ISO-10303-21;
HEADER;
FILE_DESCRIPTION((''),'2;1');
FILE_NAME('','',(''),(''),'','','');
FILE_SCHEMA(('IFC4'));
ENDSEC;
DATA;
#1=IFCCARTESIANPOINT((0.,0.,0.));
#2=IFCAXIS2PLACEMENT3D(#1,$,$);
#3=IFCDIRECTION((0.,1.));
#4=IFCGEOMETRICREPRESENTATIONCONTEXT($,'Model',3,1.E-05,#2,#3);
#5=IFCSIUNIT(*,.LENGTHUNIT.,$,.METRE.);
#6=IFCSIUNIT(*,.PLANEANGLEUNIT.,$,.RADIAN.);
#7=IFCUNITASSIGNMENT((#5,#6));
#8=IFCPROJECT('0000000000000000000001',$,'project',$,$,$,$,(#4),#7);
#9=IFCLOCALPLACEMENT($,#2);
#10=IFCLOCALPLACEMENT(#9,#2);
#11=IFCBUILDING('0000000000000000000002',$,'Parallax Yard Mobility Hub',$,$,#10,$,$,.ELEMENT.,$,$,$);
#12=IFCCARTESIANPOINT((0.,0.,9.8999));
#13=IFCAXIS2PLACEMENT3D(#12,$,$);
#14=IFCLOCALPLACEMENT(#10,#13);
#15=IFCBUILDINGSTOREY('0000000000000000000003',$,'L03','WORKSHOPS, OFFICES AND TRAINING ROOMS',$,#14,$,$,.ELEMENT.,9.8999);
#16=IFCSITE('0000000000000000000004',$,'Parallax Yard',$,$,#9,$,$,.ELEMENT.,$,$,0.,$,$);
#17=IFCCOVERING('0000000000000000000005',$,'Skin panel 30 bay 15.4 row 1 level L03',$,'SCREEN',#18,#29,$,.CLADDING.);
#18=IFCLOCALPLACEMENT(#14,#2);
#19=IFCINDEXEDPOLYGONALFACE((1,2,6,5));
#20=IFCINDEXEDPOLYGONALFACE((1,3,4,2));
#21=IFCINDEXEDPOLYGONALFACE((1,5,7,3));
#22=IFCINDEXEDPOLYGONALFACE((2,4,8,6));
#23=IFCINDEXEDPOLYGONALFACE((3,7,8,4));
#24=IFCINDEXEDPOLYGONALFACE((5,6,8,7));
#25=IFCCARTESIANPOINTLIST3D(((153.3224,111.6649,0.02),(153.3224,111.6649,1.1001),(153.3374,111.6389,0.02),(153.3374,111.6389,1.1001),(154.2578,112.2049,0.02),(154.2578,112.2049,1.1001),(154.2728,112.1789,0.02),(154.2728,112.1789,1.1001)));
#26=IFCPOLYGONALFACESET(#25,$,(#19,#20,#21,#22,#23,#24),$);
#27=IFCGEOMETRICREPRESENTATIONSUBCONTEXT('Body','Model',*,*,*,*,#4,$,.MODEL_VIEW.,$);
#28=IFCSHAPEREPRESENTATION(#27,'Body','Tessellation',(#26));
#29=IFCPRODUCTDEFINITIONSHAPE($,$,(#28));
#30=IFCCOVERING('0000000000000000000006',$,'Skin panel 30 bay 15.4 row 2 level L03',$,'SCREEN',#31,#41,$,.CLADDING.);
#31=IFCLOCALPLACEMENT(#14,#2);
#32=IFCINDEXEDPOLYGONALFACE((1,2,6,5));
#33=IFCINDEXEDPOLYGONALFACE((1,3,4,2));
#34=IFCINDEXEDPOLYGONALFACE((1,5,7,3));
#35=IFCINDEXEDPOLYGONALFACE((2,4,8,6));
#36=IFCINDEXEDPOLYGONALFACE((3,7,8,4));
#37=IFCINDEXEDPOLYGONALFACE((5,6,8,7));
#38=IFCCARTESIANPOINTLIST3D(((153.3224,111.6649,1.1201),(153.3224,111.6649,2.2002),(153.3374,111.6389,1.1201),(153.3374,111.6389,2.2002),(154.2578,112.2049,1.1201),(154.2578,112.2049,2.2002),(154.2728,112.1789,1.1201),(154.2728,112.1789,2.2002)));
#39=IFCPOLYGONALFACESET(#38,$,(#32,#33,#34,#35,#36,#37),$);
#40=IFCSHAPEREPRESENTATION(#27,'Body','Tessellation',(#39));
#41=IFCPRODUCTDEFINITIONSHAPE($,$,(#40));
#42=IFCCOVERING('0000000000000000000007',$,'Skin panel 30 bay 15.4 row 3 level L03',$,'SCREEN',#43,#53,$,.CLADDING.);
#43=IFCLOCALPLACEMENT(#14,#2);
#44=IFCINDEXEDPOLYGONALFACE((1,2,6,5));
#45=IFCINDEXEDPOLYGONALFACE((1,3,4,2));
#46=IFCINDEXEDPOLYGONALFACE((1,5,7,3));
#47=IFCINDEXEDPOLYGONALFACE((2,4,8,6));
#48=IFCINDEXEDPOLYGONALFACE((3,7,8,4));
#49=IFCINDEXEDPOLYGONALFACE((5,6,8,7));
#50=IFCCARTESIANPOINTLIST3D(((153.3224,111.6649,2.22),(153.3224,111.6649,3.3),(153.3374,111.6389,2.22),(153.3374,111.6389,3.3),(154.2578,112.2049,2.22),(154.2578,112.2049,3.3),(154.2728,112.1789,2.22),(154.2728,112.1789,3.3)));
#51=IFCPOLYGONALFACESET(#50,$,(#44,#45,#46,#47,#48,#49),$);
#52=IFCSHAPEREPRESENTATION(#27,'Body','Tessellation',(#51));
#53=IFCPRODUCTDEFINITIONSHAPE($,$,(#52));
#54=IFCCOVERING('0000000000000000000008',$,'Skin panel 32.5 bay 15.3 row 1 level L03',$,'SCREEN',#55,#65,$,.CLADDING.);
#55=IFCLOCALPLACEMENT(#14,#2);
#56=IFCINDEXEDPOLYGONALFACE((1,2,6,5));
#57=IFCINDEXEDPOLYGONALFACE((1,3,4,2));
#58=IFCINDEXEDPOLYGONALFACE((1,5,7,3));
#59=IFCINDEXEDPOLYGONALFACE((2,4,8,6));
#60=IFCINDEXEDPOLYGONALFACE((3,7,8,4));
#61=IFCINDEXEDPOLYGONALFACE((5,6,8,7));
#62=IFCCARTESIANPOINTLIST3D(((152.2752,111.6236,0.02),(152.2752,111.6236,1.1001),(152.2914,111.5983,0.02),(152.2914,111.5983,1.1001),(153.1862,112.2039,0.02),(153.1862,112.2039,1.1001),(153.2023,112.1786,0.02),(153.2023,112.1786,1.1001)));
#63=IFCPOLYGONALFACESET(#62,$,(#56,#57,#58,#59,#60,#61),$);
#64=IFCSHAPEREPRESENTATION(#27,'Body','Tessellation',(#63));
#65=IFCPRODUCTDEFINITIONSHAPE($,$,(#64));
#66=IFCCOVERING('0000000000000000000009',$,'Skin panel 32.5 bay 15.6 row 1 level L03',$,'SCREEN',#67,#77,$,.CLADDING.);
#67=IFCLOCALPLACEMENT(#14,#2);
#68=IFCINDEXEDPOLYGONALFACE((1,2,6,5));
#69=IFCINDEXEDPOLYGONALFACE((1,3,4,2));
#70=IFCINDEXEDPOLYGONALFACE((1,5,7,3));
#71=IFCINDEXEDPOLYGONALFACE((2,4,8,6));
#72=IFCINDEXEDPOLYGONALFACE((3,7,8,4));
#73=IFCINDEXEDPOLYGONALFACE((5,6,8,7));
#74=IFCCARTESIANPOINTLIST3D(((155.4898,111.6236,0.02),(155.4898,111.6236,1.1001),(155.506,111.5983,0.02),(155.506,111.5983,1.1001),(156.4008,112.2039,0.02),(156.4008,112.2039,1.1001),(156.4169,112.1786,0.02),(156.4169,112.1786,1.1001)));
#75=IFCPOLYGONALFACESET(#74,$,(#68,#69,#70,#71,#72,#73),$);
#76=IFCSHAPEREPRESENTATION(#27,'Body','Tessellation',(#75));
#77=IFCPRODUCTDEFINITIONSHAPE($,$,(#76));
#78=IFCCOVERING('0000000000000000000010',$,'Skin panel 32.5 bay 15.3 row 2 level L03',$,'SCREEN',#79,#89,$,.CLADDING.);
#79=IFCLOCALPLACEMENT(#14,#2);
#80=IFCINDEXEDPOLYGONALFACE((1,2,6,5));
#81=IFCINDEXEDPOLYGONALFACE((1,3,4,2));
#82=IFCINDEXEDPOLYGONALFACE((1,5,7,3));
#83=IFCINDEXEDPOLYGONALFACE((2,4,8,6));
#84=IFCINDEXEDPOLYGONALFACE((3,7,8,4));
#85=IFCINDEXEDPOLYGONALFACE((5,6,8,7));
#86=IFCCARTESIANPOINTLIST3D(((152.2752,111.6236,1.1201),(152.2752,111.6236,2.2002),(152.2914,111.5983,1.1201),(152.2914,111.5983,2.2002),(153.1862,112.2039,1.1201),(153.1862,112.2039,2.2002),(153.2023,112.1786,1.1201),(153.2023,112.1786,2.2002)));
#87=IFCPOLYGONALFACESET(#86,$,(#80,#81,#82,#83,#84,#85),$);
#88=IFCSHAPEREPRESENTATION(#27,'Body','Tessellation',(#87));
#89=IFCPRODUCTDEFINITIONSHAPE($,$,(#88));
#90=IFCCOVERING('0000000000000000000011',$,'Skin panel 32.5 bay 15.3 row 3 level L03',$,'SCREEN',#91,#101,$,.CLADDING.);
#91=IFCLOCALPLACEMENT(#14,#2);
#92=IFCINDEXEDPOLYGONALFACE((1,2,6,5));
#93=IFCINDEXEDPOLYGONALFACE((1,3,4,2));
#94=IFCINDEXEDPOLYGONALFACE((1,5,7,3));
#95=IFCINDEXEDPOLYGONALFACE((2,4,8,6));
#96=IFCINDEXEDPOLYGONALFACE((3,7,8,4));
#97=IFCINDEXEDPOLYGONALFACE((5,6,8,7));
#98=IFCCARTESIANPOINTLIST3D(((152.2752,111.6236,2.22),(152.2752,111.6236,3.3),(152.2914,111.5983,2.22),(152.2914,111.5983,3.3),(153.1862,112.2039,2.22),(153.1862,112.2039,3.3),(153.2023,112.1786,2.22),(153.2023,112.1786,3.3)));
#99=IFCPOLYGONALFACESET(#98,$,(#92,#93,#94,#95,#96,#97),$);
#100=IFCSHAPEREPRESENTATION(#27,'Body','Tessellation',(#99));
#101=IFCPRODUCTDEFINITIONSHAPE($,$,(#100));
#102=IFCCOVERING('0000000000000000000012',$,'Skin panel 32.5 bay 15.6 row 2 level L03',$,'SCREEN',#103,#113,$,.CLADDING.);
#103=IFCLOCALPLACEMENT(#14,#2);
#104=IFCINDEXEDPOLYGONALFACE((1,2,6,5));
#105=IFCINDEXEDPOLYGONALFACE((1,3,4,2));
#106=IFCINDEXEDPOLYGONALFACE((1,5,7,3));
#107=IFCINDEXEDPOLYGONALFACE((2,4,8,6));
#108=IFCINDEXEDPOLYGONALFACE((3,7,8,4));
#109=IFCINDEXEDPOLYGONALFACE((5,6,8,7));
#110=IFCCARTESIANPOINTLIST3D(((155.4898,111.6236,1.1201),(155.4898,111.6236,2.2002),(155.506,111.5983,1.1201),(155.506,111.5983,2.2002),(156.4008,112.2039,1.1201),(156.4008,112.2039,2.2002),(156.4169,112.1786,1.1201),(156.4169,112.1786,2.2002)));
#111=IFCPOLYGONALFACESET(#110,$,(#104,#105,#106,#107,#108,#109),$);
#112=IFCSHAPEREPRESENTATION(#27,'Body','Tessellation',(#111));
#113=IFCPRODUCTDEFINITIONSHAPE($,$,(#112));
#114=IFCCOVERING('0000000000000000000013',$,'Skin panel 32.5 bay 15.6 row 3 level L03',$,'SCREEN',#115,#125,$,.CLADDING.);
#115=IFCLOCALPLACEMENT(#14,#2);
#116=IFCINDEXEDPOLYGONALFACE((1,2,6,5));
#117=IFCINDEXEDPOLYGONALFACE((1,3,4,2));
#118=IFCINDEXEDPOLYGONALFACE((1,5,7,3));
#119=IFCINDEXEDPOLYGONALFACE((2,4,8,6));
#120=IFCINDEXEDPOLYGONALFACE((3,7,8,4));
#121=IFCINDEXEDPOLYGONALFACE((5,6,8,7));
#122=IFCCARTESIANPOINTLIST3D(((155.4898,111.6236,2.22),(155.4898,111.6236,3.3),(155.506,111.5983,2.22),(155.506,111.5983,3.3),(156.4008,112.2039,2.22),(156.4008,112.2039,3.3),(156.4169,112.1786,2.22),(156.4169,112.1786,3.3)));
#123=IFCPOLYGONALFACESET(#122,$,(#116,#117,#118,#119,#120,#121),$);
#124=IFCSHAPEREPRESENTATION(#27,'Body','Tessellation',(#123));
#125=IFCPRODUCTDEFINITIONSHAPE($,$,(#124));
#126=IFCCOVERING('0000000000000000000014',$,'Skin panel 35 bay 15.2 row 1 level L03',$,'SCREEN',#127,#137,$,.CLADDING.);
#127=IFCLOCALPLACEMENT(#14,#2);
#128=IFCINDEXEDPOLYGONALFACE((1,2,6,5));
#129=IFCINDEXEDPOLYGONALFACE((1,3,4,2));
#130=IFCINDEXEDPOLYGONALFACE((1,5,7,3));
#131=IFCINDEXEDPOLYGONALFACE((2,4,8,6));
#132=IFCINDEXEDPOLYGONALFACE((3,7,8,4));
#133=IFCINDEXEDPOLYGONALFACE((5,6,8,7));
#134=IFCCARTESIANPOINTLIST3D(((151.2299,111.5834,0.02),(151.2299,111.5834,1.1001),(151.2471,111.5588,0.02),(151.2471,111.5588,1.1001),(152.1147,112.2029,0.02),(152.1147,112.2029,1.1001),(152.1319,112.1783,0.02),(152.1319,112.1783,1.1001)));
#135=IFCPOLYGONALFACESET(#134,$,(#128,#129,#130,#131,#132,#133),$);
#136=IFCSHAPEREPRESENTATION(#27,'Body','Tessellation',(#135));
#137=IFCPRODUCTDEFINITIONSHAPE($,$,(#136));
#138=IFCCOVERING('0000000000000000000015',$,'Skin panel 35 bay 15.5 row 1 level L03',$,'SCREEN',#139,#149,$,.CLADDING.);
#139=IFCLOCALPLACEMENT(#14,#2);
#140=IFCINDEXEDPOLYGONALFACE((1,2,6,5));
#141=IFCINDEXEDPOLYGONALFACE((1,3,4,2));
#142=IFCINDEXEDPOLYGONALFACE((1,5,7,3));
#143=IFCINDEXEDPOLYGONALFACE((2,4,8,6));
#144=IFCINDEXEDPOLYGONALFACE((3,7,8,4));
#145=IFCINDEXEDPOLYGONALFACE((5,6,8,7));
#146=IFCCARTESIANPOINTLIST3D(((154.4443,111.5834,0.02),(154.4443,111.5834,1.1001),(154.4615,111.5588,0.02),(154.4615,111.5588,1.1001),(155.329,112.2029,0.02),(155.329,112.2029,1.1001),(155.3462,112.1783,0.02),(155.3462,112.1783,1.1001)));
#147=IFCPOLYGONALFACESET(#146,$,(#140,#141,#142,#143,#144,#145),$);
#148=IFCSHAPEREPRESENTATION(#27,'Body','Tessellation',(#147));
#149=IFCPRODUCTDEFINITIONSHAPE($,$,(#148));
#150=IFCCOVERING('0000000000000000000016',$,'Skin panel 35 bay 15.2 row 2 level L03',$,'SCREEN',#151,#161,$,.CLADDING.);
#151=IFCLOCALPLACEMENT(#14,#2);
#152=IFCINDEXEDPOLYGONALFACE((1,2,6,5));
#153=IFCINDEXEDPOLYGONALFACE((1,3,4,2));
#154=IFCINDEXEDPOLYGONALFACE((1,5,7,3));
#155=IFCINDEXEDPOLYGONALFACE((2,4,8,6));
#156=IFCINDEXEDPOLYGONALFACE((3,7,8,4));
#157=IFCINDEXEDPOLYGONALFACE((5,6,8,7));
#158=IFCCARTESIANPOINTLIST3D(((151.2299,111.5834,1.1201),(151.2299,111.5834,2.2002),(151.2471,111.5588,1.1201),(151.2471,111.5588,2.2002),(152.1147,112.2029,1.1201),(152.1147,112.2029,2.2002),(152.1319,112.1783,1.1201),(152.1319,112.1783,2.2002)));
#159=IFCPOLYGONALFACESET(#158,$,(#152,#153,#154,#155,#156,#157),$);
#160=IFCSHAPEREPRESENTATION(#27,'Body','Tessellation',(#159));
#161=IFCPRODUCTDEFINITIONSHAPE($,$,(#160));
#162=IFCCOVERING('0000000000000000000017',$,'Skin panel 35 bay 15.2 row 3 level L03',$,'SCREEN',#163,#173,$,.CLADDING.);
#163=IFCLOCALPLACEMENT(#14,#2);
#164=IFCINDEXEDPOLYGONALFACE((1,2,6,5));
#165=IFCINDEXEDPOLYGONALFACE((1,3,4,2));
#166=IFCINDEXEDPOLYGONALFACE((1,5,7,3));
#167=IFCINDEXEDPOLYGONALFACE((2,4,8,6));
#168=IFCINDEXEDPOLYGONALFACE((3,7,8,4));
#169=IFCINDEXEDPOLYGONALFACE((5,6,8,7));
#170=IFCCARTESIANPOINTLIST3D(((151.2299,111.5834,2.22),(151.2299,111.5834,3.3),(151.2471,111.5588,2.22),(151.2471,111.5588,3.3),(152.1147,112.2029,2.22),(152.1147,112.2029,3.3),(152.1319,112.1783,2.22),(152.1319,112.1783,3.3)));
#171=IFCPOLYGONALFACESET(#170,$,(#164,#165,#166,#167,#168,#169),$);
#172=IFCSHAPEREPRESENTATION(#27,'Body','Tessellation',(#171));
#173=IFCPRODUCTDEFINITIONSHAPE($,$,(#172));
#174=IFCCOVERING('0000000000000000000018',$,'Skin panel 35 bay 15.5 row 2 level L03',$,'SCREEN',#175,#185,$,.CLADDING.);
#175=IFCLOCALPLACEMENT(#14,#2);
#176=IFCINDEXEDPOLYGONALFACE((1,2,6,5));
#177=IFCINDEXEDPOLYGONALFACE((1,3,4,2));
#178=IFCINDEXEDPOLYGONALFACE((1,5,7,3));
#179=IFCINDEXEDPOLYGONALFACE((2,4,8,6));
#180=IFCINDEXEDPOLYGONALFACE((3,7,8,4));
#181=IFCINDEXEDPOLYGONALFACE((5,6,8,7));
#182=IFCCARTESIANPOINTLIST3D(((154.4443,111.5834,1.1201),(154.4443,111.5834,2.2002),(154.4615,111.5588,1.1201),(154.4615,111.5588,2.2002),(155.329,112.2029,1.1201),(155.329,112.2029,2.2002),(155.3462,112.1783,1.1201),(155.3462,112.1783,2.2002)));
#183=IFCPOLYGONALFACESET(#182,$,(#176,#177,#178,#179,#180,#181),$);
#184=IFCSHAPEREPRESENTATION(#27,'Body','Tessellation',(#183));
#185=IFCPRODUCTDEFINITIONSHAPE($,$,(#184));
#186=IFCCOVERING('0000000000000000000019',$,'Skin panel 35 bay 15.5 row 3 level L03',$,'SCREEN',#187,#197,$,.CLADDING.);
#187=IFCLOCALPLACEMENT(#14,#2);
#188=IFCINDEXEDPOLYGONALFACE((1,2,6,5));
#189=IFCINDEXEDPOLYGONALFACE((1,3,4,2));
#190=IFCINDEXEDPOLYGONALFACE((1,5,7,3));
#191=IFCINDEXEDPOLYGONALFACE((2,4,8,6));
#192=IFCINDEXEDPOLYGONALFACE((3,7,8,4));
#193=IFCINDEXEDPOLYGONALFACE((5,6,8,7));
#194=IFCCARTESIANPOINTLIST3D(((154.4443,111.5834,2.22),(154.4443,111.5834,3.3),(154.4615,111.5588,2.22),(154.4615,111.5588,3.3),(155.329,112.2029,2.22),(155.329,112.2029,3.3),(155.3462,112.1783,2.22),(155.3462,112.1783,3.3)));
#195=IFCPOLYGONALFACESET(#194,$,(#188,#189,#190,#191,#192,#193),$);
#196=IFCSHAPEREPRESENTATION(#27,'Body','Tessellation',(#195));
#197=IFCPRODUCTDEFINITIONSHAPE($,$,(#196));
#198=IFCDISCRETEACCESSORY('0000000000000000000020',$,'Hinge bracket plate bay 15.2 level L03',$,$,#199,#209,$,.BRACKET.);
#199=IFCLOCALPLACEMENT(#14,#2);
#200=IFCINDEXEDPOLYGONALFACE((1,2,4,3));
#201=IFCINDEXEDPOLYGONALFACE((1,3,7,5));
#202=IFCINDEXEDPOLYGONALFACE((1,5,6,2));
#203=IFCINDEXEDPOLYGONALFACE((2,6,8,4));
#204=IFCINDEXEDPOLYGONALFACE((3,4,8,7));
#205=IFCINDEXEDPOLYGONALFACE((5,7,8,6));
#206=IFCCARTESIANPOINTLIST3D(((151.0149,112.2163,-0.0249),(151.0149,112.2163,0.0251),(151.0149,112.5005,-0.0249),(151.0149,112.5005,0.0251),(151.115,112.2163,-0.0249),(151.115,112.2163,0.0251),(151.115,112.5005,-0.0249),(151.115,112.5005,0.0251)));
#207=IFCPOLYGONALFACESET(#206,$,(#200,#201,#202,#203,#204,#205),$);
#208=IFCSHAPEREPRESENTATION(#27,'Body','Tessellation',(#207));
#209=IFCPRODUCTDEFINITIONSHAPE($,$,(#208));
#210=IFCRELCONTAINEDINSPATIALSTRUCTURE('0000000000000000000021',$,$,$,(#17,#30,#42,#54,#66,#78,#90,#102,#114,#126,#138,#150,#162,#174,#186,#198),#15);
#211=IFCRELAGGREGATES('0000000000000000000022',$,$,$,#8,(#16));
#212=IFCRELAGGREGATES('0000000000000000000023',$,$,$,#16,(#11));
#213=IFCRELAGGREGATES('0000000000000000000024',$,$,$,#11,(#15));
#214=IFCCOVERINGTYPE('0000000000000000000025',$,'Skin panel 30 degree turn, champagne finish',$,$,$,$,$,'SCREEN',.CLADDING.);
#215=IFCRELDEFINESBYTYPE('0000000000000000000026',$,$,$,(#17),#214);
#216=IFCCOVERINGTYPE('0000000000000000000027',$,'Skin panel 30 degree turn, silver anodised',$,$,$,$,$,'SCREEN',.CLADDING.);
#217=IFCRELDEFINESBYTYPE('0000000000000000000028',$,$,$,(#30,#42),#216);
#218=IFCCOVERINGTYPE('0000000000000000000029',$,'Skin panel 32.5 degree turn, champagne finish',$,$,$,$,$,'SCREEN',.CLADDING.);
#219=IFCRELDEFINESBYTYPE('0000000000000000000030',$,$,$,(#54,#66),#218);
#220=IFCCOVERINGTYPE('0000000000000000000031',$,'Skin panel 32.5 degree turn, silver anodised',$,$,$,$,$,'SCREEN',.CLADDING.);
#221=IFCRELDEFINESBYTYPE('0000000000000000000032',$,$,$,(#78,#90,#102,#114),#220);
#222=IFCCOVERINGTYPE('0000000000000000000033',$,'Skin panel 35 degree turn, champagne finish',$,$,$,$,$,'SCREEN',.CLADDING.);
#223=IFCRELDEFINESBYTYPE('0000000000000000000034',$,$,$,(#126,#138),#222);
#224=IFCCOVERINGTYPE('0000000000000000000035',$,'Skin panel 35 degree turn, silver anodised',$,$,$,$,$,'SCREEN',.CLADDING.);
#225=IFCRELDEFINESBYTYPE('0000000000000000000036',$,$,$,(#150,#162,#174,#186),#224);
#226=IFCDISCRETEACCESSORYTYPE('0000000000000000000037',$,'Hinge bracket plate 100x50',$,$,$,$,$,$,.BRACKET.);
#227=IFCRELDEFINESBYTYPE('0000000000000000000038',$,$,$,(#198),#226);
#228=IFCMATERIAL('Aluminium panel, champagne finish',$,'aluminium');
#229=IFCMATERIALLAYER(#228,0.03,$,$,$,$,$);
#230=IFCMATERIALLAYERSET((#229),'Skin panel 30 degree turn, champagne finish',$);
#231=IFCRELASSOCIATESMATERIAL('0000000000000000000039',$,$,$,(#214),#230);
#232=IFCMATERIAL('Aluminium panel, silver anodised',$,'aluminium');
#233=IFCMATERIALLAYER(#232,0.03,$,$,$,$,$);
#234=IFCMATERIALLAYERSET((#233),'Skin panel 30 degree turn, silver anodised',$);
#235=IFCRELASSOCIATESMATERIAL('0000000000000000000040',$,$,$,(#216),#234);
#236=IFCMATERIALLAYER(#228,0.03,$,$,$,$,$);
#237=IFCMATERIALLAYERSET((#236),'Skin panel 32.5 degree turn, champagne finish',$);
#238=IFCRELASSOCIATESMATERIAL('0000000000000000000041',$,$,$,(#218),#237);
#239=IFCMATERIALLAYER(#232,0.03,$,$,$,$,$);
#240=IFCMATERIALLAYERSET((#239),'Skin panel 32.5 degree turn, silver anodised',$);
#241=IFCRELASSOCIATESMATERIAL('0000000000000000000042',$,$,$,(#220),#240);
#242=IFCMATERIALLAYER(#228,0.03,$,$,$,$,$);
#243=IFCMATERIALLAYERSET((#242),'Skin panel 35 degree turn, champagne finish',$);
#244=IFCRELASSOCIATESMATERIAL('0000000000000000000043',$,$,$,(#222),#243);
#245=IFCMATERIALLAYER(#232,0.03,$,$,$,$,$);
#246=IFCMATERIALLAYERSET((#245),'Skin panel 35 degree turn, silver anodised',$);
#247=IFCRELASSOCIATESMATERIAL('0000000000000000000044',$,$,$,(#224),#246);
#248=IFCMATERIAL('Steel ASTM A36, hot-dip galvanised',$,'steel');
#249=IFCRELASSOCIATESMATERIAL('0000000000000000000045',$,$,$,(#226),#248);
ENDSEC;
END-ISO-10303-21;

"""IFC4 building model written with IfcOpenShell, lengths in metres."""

from ifc_helpers import new_model, si_unit, direction, frame, origin, origin_2d, place, context, subcontext, project, spatial, rectangle, extrude, material, layer, layer_set, type_object, element, save


model = new_model("IFC4")

# Units and contexts
model_context = context("Model", 3, precision=1e-05, world=origin(), true_north=direction((0.0, 1.0)))
body_context = subcontext(model_context, "Body", "Model", "MODEL_VIEW")
ifc_project = project(units=[si_unit("LENGTHUNIT", "METRE"), si_unit("PLANEANGLEUNIT", "RADIAN")], contexts=[model_context])

# Site, building, storey
site_placement = place(None, origin())
site = spatial("IfcSite", under=ifc_project, at=site_placement, Name="Parallax Yard", CompositionType="ELEMENT", RefElevation=0.0)
building_placement = place(site_placement, origin())
building = spatial("IfcBuilding", under=site, at=building_placement, Name="Parallax Yard Mobility Hub", CompositionType="ELEMENT")
storey_placement = place(building_placement, frame((0.0, 0.0, 9.8999)))
storey = spatial("IfcBuildingStorey", under=building, at=storey_placement, Name="L03", Description="WORKSHOPS, OFFICES AND TRAINING ROOMS", CompositionType="ELEMENT", Elevation=9.8999)

# Coverings
ifc_material_1 = material(Name="Aluminium panel, champagne finish", Category="aluminium")
ifc_material_2 = material(Name="Aluminium panel, silver anodised", Category="aluminium")
ifc_layer_1 = layer(ifc_material_1, 0.03)
ifc_layer_set_1 = layer_set([ifc_layer_1], Name="Skin panel 30 degree turn, champagne finish")
covering_type_1 = type_object("IfcCoveringType", Name="Skin panel 30 degree turn, champagne finish", ElementType="SCREEN", PredefinedType="CLADDING", material=ifc_layer_set_1)
covering_1_placement = place(storey_placement, frame((153.7976, 111.9219, 0.02), z_axis=(0.0, 0.0, 1.0), x_axis=(-0.866025, -0.5, 0.0)))
element("IfcCovering", 1, at=covering_1_placement, inside=storey, type_object=covering_type_1, Name="Skin panel 30 bay 15.4 row 1 level L03", ObjectType="SCREEN", PredefinedType="CLADDING", context=body_context, shape_type="SweptSolid", body=[
    extrude(rectangle(XDim=1.0801, YDim=0.03, at=origin_2d()), origin(), (0.0, 0.0, 1.0), 1.0801),
])
ifc_layer_2 = layer(ifc_material_2, 0.03)
ifc_layer_set_2 = layer_set([ifc_layer_2], Name="Skin panel 30 degree turn, silver anodised")
covering_type_2 = type_object("IfcCoveringType", Name="Skin panel 30 degree turn, silver anodised", ElementType="SCREEN", PredefinedType="CLADDING", material=ifc_layer_set_2)
for number, where, z_axis, x_axis, name in (
    (2, (153.7976, 111.9219, 1.1201), (0.0, 0.0, 1.0), (-0.866025, -0.5, 0.0), "Skin panel 30 bay 15.4 row 2 level L03"),
    (3, (153.7976, 111.9219, 2.22), (0.0, 0.0, 1.0), (-0.866025, -0.5, 0.0), "Skin panel 30 bay 15.4 row 3 level L03"),
):
    element("IfcCovering", number, at=place(storey_placement, frame(where, z_axis=z_axis, x_axis=x_axis)), inside=storey, type_object=covering_type_2, Name=name, ObjectType="SCREEN", PredefinedType="CLADDING", context=body_context, shape_type="SweptSolid", body=[
        extrude(rectangle(XDim=1.0801, YDim=0.03, at=origin_2d()), origin(), (0.0, 0.0, 1.0), 1.0801),
    ])
ifc_layer_3 = layer(ifc_material_1, 0.03)
ifc_layer_set_3 = layer_set([ifc_layer_3], Name="Skin panel 32.5 degree turn, champagne finish")
covering_type_3 = type_object("IfcCoveringType", Name="Skin panel 32.5 degree turn, champagne finish", ElementType="SCREEN", PredefinedType="CLADDING", material=ifc_layer_set_3)
for number, where, z_axis, x_axis, name in (
    (4, (152.7388, 111.9011, 0.02), (0.0, 0.0, 1.0), (-0.843391, -0.5373, 0.0), "Skin panel 32.5 bay 15.3 row 1 level L03"),
    (5, (155.9534, 111.9011, 0.02), (0.0, 0.0, 1.0), (-0.843391, -0.5373, 0.0), "Skin panel 32.5 bay 15.6 row 1 level L03"),
):
    element("IfcCovering", number, at=place(storey_placement, frame(where, z_axis=z_axis, x_axis=x_axis)), inside=storey, type_object=covering_type_3, Name=name, ObjectType="SCREEN", PredefinedType="CLADDING", context=body_context, shape_type="SweptSolid", body=[
        extrude(rectangle(XDim=1.0801, YDim=0.03, at=origin_2d()), origin(), (0.0, 0.0, 1.0), 1.0801),
    ])
ifc_layer_4 = layer(ifc_material_2, 0.03)
ifc_layer_set_4 = layer_set([ifc_layer_4], Name="Skin panel 32.5 degree turn, silver anodised")
covering_type_4 = type_object("IfcCoveringType", Name="Skin panel 32.5 degree turn, silver anodised", ElementType="SCREEN", PredefinedType="CLADDING", material=ifc_layer_set_4)
for number, where, z_axis, x_axis, name in (
    (6, (152.7388, 111.9011, 1.1201), (0.0, 0.0, 1.0), (-0.843391, -0.5373, 0.0), "Skin panel 32.5 bay 15.3 row 2 level L03"),
    (7, (152.7388, 111.9011, 2.22), (0.0, 0.0, 1.0), (-0.843391, -0.5373, 0.0), "Skin panel 32.5 bay 15.3 row 3 level L03"),
    (8, (155.9534, 111.9011, 1.1201), (0.0, 0.0, 1.0), (-0.843391, -0.5373, 0.0), "Skin panel 32.5 bay 15.6 row 2 level L03"),
    (9, (155.9534, 111.9011, 2.22), (0.0, 0.0, 1.0), (-0.843391, -0.5373, 0.0), "Skin panel 32.5 bay 15.6 row 3 level L03"),
):
    element("IfcCovering", number, at=place(storey_placement, frame(where, z_axis=z_axis, x_axis=x_axis)), inside=storey, type_object=covering_type_4, Name=name, ObjectType="SCREEN", PredefinedType="CLADDING", context=body_context, shape_type="SweptSolid", body=[
        extrude(rectangle(XDim=1.0801, YDim=0.03, at=origin_2d()), origin(), (0.0, 0.0, 1.0), 1.0801),
    ])
ifc_layer_5 = layer(ifc_material_1, 0.03)
ifc_layer_set_5 = layer_set([ifc_layer_5], Name="Skin panel 35 degree turn, champagne finish")
covering_type_5 = type_object("IfcCoveringType", Name="Skin panel 35 degree turn, champagne finish", ElementType="SCREEN", PredefinedType="CLADDING", material=ifc_layer_set_5)
for number, where, z_axis, x_axis, name in (
    (10, (151.6809, 111.8809, 0.02), (0.0, 0.0, 1.0), (-0.819152, -0.573576, 0.0), "Skin panel 35 bay 15.2 row 1 level L03"),
    (11, (154.8953, 111.8809, 0.02), (0.0, 0.0, 1.0), (-0.819152, -0.573576, 0.0), "Skin panel 35 bay 15.5 row 1 level L03"),
):
    element("IfcCovering", number, at=place(storey_placement, frame(where, z_axis=z_axis, x_axis=x_axis)), inside=storey, type_object=covering_type_5, Name=name, ObjectType="SCREEN", PredefinedType="CLADDING", context=body_context, shape_type="SweptSolid", body=[
        extrude(rectangle(XDim=1.0801, YDim=0.03, at=origin_2d()), origin(), (0.0, 0.0, 1.0), 1.0801),
    ])
ifc_layer_6 = layer(ifc_material_2, 0.03)
ifc_layer_set_6 = layer_set([ifc_layer_6], Name="Skin panel 35 degree turn, silver anodised")
covering_type_6 = type_object("IfcCoveringType", Name="Skin panel 35 degree turn, silver anodised", ElementType="SCREEN", PredefinedType="CLADDING", material=ifc_layer_set_6)
for number, where, z_axis, x_axis, name in (
    (12, (151.6809, 111.8809, 1.1201), (0.0, 0.0, 1.0), (-0.819152, -0.573576, 0.0), "Skin panel 35 bay 15.2 row 2 level L03"),
    (13, (151.6809, 111.8809, 2.22), (0.0, 0.0, 1.0), (-0.819152, -0.573576, 0.0), "Skin panel 35 bay 15.2 row 3 level L03"),
    (14, (154.8953, 111.8809, 1.1201), (0.0, 0.0, 1.0), (-0.819152, -0.573576, 0.0), "Skin panel 35 bay 15.5 row 2 level L03"),
    (15, (154.8953, 111.8809, 2.22), (0.0, 0.0, 1.0), (-0.819152, -0.573576, 0.0), "Skin panel 35 bay 15.5 row 3 level L03"),
):
    element("IfcCovering", number, at=place(storey_placement, frame(where, z_axis=z_axis, x_axis=x_axis)), inside=storey, type_object=covering_type_6, Name=name, ObjectType="SCREEN", PredefinedType="CLADDING", context=body_context, shape_type="SweptSolid", body=[
        extrude(rectangle(XDim=1.0801, YDim=0.03, at=origin_2d()), origin(), (0.0, 0.0, 1.0), 1.0801),
    ])

# Discrete accessory
ifc_material_3 = material(Name="Steel ASTM A36, hot-dip galvanised", Category="steel")
discrete_accessory_type_1 = type_object("IfcDiscreteAccessoryType", Name="Hinge bracket plate 100x50", PredefinedType="BRACKET", material=ifc_material_3)
for number, where, z_axis, x_axis, name in (
    (16, (151.0649, 112.3584, -0.0249), (0.0, 0.0, 1.0), (0.0, -1.0, 0.0), "Hinge bracket plate bay 15.2 level L03"),
):
    element("IfcDiscreteAccessory", number, at=place(storey_placement, frame(where, z_axis=z_axis, x_axis=x_axis)), inside=storey, type_object=discrete_accessory_type_1, Name=name, PredefinedType="BRACKET", context=body_context, shape_type="SweptSolid", body=[
        extrude(rectangle(XDim=0.2842, YDim=0.1001, at=origin_2d()), origin(), (0.0, 0.0, 1.0), 0.05),
    ])

save(model, "model.ifc")
